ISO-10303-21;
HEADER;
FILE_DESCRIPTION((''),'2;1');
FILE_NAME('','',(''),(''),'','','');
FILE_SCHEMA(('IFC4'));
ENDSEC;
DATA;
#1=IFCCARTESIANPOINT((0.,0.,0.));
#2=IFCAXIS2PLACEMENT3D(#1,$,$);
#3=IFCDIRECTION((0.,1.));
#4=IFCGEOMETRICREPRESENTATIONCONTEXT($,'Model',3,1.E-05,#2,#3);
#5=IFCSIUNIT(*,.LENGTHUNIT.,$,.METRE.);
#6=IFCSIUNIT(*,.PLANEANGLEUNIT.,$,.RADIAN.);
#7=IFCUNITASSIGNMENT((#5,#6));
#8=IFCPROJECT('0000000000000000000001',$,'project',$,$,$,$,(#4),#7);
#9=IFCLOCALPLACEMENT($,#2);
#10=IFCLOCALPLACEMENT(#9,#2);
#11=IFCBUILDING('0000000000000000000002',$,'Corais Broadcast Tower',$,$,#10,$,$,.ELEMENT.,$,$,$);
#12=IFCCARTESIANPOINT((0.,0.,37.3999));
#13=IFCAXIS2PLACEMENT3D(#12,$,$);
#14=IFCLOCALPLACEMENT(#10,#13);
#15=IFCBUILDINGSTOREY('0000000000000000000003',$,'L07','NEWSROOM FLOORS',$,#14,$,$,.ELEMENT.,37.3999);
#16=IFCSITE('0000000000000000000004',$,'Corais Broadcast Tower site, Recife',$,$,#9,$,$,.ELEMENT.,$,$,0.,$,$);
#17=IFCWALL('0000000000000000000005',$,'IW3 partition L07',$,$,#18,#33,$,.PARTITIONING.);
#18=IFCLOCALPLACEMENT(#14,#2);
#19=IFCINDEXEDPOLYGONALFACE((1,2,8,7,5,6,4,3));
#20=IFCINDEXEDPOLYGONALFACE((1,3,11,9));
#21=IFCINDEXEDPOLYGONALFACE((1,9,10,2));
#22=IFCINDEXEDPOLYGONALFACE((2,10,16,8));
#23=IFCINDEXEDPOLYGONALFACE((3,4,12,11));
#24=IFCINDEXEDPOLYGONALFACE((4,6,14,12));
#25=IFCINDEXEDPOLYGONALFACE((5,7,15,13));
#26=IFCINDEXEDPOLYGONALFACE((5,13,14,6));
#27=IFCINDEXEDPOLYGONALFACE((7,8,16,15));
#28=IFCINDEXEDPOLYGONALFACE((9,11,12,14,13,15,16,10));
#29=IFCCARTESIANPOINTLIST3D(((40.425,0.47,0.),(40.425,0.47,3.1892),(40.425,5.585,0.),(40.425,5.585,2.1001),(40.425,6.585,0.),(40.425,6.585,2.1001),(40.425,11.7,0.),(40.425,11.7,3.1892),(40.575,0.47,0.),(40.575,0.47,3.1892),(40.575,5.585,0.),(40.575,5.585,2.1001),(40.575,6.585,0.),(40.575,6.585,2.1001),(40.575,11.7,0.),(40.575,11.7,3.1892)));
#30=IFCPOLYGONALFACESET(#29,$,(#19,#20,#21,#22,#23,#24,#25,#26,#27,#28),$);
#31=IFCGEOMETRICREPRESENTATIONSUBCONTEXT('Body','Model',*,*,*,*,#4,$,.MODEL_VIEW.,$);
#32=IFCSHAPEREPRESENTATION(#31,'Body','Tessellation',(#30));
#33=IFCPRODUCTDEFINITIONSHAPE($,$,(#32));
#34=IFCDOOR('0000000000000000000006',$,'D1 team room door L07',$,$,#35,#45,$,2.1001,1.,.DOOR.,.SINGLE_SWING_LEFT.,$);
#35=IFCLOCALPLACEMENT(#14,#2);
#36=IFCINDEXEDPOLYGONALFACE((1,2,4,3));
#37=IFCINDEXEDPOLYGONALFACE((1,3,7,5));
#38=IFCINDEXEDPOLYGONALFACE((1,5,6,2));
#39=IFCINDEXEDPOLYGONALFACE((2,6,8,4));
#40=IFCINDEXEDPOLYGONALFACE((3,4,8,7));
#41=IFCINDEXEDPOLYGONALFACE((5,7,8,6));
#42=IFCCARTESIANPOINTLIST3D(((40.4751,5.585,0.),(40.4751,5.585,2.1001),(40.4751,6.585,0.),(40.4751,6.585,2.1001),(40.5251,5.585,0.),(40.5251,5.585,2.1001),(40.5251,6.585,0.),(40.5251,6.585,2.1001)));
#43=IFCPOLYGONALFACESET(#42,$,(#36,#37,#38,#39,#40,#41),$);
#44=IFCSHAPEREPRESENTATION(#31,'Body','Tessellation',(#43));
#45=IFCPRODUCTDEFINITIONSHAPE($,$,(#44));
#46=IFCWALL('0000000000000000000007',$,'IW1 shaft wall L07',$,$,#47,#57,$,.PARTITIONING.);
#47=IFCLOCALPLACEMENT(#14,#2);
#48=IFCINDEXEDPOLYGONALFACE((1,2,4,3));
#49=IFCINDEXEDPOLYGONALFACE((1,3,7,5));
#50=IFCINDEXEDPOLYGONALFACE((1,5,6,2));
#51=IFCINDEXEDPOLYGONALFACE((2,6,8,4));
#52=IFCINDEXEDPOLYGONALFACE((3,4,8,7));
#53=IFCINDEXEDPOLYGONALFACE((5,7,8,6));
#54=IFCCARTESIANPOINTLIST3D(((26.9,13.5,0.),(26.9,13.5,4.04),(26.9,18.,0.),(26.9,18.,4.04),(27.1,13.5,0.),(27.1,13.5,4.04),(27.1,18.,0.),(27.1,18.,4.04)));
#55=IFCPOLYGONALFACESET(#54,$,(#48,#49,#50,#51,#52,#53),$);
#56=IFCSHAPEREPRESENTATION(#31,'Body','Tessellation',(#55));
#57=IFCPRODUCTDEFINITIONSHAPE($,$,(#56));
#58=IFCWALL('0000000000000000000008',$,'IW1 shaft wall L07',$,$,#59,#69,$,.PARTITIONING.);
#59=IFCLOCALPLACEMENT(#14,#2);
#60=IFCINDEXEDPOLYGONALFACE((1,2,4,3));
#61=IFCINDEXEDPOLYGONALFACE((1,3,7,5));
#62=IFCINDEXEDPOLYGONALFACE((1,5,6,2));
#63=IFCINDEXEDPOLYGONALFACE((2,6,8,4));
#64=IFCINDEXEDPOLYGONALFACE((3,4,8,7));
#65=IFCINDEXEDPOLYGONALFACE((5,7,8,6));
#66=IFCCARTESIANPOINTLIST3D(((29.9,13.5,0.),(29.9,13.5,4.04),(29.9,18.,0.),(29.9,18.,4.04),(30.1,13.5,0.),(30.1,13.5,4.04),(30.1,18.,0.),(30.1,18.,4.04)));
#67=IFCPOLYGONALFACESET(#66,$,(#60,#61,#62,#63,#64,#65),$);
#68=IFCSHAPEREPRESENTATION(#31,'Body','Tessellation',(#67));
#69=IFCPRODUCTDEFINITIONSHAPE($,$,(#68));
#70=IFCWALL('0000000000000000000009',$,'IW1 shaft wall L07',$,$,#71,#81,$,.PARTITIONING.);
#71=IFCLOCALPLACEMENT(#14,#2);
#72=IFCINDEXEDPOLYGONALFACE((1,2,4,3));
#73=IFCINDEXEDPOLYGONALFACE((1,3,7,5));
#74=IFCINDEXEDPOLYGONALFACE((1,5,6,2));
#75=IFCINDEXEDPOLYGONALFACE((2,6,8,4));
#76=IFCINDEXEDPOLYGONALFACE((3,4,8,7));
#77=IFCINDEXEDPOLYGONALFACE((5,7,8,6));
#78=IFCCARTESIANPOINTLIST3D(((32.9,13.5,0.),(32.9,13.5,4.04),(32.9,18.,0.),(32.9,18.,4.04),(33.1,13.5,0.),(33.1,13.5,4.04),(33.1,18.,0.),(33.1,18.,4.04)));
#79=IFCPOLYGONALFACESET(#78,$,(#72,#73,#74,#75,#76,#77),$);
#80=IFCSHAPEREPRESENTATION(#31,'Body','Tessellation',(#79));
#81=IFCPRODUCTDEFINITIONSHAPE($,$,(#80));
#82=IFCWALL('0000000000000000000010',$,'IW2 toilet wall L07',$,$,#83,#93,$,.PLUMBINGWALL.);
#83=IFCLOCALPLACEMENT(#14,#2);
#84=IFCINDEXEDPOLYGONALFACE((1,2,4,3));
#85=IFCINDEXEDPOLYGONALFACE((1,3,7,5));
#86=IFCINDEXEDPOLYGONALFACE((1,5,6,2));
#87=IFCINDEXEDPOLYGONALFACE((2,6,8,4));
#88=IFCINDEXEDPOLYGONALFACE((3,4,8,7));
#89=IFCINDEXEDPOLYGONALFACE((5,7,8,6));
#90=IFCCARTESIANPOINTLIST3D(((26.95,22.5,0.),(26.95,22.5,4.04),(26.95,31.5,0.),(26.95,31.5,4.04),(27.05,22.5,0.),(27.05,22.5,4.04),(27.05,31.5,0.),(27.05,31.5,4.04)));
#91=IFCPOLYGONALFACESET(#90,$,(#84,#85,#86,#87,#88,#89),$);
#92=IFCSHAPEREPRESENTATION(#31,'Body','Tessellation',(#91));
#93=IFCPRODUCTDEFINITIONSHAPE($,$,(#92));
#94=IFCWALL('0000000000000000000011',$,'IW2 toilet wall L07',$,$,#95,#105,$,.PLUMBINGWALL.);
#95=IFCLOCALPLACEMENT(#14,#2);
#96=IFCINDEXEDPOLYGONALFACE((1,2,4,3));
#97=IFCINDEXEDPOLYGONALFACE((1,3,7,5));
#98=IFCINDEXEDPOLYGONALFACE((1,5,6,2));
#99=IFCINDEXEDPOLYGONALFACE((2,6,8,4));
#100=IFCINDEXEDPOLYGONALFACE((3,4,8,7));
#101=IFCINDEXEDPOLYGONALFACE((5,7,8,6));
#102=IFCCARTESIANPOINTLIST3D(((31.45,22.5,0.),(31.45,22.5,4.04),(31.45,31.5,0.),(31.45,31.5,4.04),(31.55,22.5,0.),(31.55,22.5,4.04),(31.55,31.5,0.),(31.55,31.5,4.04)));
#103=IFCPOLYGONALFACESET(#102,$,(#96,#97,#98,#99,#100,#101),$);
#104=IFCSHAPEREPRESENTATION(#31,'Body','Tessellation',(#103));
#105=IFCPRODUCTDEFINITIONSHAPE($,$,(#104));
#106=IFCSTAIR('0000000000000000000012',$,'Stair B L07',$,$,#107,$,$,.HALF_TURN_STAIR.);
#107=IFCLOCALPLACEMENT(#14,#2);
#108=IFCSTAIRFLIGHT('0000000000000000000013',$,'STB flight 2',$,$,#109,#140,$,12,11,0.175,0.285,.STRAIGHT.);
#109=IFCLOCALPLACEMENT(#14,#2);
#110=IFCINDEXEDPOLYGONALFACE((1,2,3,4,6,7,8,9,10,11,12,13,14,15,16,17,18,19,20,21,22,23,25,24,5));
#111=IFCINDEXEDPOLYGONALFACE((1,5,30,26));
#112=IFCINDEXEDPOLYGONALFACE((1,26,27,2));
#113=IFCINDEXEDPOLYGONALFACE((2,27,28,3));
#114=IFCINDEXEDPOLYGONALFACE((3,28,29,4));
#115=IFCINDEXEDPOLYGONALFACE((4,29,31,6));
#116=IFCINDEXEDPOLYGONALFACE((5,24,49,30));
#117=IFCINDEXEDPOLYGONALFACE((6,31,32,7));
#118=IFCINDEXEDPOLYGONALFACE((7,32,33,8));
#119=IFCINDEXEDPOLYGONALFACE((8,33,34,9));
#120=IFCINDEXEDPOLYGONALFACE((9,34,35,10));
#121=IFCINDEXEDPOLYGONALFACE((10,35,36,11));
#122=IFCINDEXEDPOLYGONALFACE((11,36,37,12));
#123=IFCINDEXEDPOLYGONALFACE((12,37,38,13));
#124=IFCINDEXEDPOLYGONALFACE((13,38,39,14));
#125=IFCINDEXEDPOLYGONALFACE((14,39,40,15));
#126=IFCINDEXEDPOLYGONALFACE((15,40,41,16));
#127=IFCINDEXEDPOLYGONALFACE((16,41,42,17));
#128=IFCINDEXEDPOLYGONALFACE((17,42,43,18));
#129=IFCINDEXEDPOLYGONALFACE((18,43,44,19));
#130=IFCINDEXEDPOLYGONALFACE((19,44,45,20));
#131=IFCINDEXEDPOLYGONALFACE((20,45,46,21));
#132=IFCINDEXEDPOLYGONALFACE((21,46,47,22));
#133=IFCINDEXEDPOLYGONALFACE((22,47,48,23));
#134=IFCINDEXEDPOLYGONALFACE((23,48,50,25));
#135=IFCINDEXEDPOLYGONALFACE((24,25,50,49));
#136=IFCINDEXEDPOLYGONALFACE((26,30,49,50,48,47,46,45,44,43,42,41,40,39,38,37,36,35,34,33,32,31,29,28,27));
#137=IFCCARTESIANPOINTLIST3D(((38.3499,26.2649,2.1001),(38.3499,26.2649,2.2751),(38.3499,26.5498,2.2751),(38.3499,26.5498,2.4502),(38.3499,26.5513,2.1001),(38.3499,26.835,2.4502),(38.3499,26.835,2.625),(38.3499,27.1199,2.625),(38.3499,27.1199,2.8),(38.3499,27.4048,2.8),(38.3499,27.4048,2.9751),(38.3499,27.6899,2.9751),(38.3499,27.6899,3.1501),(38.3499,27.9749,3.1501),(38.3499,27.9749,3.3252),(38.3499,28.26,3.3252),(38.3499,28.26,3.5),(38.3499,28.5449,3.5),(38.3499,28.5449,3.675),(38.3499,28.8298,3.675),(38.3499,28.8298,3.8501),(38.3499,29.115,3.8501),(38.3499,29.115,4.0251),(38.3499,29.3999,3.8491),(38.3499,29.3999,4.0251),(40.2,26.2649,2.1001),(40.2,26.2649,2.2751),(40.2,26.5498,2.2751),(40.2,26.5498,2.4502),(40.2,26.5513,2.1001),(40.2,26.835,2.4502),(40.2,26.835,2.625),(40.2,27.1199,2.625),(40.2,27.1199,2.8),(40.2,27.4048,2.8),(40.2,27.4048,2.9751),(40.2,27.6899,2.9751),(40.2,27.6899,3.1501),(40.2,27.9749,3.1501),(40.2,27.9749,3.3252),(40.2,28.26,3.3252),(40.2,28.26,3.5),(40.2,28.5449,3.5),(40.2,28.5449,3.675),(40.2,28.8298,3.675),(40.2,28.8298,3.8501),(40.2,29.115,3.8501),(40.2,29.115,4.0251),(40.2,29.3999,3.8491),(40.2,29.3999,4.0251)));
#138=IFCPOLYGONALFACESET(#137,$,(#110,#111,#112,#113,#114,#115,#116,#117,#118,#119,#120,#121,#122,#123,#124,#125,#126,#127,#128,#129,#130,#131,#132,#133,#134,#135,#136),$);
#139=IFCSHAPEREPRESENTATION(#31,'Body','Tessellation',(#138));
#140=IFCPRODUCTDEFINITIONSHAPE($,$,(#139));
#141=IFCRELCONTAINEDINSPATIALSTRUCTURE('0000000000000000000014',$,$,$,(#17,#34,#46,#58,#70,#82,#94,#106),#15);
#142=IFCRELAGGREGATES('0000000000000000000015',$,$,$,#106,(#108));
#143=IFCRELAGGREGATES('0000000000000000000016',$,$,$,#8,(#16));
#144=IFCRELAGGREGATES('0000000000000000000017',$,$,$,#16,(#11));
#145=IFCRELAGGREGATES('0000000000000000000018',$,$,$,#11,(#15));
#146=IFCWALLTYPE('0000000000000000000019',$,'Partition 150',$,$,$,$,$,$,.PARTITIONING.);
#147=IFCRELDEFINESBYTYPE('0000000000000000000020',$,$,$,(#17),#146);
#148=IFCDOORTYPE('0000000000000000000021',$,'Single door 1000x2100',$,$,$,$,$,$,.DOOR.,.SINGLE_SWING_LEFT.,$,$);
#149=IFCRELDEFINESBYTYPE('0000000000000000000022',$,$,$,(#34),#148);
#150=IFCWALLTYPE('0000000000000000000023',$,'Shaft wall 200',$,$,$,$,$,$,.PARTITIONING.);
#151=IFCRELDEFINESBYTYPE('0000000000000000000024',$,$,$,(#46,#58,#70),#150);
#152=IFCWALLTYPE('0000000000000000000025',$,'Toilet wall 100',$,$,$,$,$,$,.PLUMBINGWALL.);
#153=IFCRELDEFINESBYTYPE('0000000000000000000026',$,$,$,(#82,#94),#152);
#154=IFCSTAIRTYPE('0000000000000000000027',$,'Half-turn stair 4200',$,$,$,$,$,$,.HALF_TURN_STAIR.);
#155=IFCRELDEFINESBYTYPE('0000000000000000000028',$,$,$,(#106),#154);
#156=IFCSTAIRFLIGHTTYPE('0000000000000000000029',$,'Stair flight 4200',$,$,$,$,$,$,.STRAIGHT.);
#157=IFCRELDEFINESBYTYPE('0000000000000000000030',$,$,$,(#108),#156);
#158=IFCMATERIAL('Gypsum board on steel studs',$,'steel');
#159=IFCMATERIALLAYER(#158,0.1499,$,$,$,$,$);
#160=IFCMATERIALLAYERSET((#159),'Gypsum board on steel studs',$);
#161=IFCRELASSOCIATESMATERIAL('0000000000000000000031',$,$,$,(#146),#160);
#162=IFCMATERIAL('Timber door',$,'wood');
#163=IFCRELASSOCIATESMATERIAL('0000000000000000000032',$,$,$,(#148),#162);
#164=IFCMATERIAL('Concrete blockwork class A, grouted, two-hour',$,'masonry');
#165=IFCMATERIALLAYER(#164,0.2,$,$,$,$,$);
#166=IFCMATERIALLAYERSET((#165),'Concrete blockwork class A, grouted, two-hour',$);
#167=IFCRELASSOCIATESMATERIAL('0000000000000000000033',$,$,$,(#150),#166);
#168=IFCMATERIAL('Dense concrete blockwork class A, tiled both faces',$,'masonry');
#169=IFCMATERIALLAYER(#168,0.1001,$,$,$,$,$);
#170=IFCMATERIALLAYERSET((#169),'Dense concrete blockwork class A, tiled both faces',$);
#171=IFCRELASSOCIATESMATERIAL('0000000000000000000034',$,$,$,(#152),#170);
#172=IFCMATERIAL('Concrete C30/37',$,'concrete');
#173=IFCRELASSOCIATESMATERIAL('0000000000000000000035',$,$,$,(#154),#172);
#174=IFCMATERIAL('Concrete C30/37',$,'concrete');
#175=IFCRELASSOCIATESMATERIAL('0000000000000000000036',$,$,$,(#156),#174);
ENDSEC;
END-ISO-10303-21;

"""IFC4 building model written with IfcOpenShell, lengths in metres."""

from ifc_helpers import new_model, si_unit, direction, frame, frame_2d, origin, place, context, subcontext, project, spatial, polyline, rectangle, outline, extrude, material, layer, layer_set, type_object, element, fill, aggregate, save


model = new_model("IFC4")

# Units and contexts
model_context = context("Model", 3, precision=1e-05, world=origin(), true_north=direction((0.0, 1.0)))
body_context = subcontext(model_context, "Body", "Model", "MODEL_VIEW")
ifc_project = project(units=[si_unit("LENGTHUNIT", "METRE"), si_unit("PLANEANGLEUNIT", "RADIAN")], contexts=[model_context])

# Site, building, storey
site_placement = place(None, origin())
site = spatial("IfcSite", under=ifc_project, at=site_placement, Name="Corais Broadcast Tower site, Recife", CompositionType="ELEMENT", RefElevation=0.0)
building_placement = place(site_placement, origin())
building = spatial("IfcBuilding", under=site, at=building_placement, Name="Corais Broadcast Tower", CompositionType="ELEMENT")
storey_placement = place(building_placement, frame((0.0, 0.0, 37.3999)))
storey = spatial("IfcBuildingStorey", under=building, at=storey_placement, Name="L07", Description="NEWSROOM FLOORS", CompositionType="ELEMENT", Elevation=37.3999)

# Shared definitions
ifc_material_1 = material(Name="Gypsum board on steel studs", Category="steel")
ifc_layer_1 = layer(ifc_material_1, 0.1499)
ifc_layer_set_1 = layer_set([ifc_layer_1], Name="Gypsum board on steel studs")
wall_type_1 = type_object("IfcWallType", Name="Partition 150", PredefinedType="PARTITIONING", material=ifc_layer_set_1)
ifc_material_2 = material(Name="Timber door", Category="wood")
door_type_1 = type_object("IfcDoorType", Name="Single door 1000x2100", OperationType="SINGLE_SWING_LEFT", PredefinedType="DOOR", material=ifc_material_2)

# Wall, opening, door
wall_1_placement = place(storey_placement, frame((40.5, 0.47, 0.0), z_axis=(0.0, 0.0, 1.0), x_axis=(0.0, 1.0, 0.0)))
wall_1 = element("IfcWall", 1, at=wall_1_placement, inside=storey, type_object=wall_type_1, Name="IW3 partition L07", PredefinedType="PARTITIONING", context=body_context, shape_type="SweptSolid", body=[
    extrude(rectangle(XDim=11.23, YDim=0.1499, at=frame_2d((5.615, 0.0))), origin(), (0.0, 0.0, 1.0), 3.1892),
])
opening_1_placement = place(wall_1_placement, frame((5.115, 0.0, 0.0)))
opening_1 = element("IfcOpeningElement", 2, at=opening_1_placement, cuts=wall_1, PredefinedType="OPENING", context=body_context, shape_type="SweptSolid", body=[
    extrude(rectangle(XDim=1.0, YDim=2.1001, at=frame_2d((0.5, 1.05))), frame((0.0, 0.085, 0.0), z_axis=(0.0, -1.0, 0.0), x_axis=(1.0, 0.0, 0.0)), (0.0, 0.0, 1.0), 0.1699),
])
door_1_placement = place(opening_1_placement, origin())
door_1 = element("IfcDoor", 3, at=door_1_placement, inside=storey, type_object=door_type_1, Name="D1 team room door L07", OperationType="SINGLE_SWING_LEFT", OverallHeight=2.1001, OverallWidth=1.0, PredefinedType="DOOR", context=body_context, shape_type="SweptSolid", body=[
    extrude(rectangle(XDim=1.0, YDim=2.1001, at=frame_2d((0.5, 1.05))), frame((0.0, 0.0249, 0.0), z_axis=(0.0, -1.0, 0.0), x_axis=(1.0, 0.0, 0.0)), (0.0, 0.0, 1.0), 0.05),
])
fill(opening_1, door_1)

# Walls
ifc_material_3 = material(Name="Concrete blockwork class A, grouted, two-hour", Category="masonry")
ifc_layer_2 = layer(ifc_material_3, 0.2)
ifc_layer_set_2 = layer_set([ifc_layer_2], Name="Concrete blockwork class A, grouted, two-hour")
wall_type_2 = type_object("IfcWallType", Name="Shaft wall 200", PredefinedType="PARTITIONING", material=ifc_layer_set_2)
for number, where, z_axis, x_axis, name in (
    (4, (27.0, 13.5, 0.0), (0.0, 0.0, 1.0), (0.0, 1.0, 0.0), "IW1 shaft wall L07"),
    (5, (30.0, 13.5, 0.0), (0.0, 0.0, 1.0), (0.0, 1.0, 0.0), "IW1 shaft wall L07"),
    (6, (33.0, 13.5, 0.0), (0.0, 0.0, 1.0), (0.0, 1.0, 0.0), "IW1 shaft wall L07"),
):
    element("IfcWall", number, at=place(storey_placement, frame(where, z_axis=z_axis, x_axis=x_axis)), inside=storey, type_object=wall_type_2, Name=name, PredefinedType="PARTITIONING", context=body_context, shape_type="SweptSolid", body=[
        extrude(rectangle(XDim=4.5, YDim=0.2, at=frame_2d((2.25, 0.0))), origin(), (0.0, 0.0, 1.0), 4.04),
    ])
ifc_material_4 = material(Name="Dense concrete blockwork class A, tiled both faces", Category="masonry")
ifc_layer_3 = layer(ifc_material_4, 0.1001)
ifc_layer_set_3 = layer_set([ifc_layer_3], Name="Dense concrete blockwork class A, tiled both faces")
wall_type_3 = type_object("IfcWallType", Name="Toilet wall 100", PredefinedType="PLUMBINGWALL", material=ifc_layer_set_3)
for number, where, z_axis, x_axis, name in (
    (7, (27.0, 22.5, 0.0), (0.0, 0.0, 1.0), (0.0, 1.0, 0.0), "IW2 toilet wall L07"),
    (8, (31.5, 22.5, 0.0), (0.0, 0.0, 1.0), (0.0, 1.0, 0.0), "IW2 toilet wall L07"),
):
    element("IfcWall", number, at=place(storey_placement, frame(where, z_axis=z_axis, x_axis=x_axis)), inside=storey, type_object=wall_type_3, Name=name, PredefinedType="PLUMBINGWALL", context=body_context, shape_type="SweptSolid", body=[
        extrude(rectangle(XDim=9.0, YDim=0.1001, at=frame_2d((4.5, 0.0))), origin(), (0.0, 0.0, 1.0), 4.04),
    ])

# Stair, stair flight
ifc_material_5 = material(Name="Concrete C30/37", Category="concrete")
stair_type = type_object("IfcStairType", Name="Half-turn stair 4200", PredefinedType="HALF_TURN_STAIR", material=ifc_material_5)
stair_placement = place(storey_placement, origin())
stair = element("IfcStair", 9, at=stair_placement, inside=storey, type_object=stair_type, Name="Stair B L07", PredefinedType="HALF_TURN_STAIR")
ifc_material_6 = material(Name="Concrete C30/37", Category="concrete")
stair_flight_type = type_object("IfcStairFlightType", Name="Stair flight 4200", PredefinedType="STRAIGHT", material=ifc_material_6)
stair_flight_placement = place(storey_placement, frame((39.2749, 26.2649, 2.1001), z_axis=(0.0, 0.0, 1.0), x_axis=(0.0, 1.0, 0.0)))
stair_flight = element("IfcStairFlight", 10, at=stair_flight_placement, type_object=stair_flight_type, Name="STB flight 2", NumberOfRisers=12, NumberOfTreads=11, PredefinedType="STRAIGHT", RiserHeight=0.175, TreadLength=0.285, context=body_context, shape_type="SweptSolid", body=[
    extrude(outline(polyline([(0.0, 0.0), (0.0, 0.175), (0.2849, 0.175), (0.2849, 0.3501), (0.5701, 0.3501), (0.5701, 0.5249), (0.855, 0.5249), (0.855, 0.7), (1.1399, 0.7), (1.1399, 0.875), (1.425, 0.875), (1.425, 1.05), (1.71, 1.05), (1.71, 1.2251), (1.9951, 1.2251), (1.9951, 1.3999), (2.28, 1.3999), (2.28, 1.575), (2.5649, 1.575), (2.5649, 1.75), (2.8501, 1.75), (2.8501, 1.925), (3.135, 1.925), (3.135, 2.1001), (3.135, 1.749), (0.2864, 0.0), (0.0, 0.0)])), frame((0.0, 0.925, 0.0), z_axis=(0.0, -1.0, 0.0), x_axis=(1.0, 0.0, 0.0)), (0.0, 0.0, 1.0), 1.8501),
])
aggregate(stair, [stair_flight])

save(model, "model.ifc")
